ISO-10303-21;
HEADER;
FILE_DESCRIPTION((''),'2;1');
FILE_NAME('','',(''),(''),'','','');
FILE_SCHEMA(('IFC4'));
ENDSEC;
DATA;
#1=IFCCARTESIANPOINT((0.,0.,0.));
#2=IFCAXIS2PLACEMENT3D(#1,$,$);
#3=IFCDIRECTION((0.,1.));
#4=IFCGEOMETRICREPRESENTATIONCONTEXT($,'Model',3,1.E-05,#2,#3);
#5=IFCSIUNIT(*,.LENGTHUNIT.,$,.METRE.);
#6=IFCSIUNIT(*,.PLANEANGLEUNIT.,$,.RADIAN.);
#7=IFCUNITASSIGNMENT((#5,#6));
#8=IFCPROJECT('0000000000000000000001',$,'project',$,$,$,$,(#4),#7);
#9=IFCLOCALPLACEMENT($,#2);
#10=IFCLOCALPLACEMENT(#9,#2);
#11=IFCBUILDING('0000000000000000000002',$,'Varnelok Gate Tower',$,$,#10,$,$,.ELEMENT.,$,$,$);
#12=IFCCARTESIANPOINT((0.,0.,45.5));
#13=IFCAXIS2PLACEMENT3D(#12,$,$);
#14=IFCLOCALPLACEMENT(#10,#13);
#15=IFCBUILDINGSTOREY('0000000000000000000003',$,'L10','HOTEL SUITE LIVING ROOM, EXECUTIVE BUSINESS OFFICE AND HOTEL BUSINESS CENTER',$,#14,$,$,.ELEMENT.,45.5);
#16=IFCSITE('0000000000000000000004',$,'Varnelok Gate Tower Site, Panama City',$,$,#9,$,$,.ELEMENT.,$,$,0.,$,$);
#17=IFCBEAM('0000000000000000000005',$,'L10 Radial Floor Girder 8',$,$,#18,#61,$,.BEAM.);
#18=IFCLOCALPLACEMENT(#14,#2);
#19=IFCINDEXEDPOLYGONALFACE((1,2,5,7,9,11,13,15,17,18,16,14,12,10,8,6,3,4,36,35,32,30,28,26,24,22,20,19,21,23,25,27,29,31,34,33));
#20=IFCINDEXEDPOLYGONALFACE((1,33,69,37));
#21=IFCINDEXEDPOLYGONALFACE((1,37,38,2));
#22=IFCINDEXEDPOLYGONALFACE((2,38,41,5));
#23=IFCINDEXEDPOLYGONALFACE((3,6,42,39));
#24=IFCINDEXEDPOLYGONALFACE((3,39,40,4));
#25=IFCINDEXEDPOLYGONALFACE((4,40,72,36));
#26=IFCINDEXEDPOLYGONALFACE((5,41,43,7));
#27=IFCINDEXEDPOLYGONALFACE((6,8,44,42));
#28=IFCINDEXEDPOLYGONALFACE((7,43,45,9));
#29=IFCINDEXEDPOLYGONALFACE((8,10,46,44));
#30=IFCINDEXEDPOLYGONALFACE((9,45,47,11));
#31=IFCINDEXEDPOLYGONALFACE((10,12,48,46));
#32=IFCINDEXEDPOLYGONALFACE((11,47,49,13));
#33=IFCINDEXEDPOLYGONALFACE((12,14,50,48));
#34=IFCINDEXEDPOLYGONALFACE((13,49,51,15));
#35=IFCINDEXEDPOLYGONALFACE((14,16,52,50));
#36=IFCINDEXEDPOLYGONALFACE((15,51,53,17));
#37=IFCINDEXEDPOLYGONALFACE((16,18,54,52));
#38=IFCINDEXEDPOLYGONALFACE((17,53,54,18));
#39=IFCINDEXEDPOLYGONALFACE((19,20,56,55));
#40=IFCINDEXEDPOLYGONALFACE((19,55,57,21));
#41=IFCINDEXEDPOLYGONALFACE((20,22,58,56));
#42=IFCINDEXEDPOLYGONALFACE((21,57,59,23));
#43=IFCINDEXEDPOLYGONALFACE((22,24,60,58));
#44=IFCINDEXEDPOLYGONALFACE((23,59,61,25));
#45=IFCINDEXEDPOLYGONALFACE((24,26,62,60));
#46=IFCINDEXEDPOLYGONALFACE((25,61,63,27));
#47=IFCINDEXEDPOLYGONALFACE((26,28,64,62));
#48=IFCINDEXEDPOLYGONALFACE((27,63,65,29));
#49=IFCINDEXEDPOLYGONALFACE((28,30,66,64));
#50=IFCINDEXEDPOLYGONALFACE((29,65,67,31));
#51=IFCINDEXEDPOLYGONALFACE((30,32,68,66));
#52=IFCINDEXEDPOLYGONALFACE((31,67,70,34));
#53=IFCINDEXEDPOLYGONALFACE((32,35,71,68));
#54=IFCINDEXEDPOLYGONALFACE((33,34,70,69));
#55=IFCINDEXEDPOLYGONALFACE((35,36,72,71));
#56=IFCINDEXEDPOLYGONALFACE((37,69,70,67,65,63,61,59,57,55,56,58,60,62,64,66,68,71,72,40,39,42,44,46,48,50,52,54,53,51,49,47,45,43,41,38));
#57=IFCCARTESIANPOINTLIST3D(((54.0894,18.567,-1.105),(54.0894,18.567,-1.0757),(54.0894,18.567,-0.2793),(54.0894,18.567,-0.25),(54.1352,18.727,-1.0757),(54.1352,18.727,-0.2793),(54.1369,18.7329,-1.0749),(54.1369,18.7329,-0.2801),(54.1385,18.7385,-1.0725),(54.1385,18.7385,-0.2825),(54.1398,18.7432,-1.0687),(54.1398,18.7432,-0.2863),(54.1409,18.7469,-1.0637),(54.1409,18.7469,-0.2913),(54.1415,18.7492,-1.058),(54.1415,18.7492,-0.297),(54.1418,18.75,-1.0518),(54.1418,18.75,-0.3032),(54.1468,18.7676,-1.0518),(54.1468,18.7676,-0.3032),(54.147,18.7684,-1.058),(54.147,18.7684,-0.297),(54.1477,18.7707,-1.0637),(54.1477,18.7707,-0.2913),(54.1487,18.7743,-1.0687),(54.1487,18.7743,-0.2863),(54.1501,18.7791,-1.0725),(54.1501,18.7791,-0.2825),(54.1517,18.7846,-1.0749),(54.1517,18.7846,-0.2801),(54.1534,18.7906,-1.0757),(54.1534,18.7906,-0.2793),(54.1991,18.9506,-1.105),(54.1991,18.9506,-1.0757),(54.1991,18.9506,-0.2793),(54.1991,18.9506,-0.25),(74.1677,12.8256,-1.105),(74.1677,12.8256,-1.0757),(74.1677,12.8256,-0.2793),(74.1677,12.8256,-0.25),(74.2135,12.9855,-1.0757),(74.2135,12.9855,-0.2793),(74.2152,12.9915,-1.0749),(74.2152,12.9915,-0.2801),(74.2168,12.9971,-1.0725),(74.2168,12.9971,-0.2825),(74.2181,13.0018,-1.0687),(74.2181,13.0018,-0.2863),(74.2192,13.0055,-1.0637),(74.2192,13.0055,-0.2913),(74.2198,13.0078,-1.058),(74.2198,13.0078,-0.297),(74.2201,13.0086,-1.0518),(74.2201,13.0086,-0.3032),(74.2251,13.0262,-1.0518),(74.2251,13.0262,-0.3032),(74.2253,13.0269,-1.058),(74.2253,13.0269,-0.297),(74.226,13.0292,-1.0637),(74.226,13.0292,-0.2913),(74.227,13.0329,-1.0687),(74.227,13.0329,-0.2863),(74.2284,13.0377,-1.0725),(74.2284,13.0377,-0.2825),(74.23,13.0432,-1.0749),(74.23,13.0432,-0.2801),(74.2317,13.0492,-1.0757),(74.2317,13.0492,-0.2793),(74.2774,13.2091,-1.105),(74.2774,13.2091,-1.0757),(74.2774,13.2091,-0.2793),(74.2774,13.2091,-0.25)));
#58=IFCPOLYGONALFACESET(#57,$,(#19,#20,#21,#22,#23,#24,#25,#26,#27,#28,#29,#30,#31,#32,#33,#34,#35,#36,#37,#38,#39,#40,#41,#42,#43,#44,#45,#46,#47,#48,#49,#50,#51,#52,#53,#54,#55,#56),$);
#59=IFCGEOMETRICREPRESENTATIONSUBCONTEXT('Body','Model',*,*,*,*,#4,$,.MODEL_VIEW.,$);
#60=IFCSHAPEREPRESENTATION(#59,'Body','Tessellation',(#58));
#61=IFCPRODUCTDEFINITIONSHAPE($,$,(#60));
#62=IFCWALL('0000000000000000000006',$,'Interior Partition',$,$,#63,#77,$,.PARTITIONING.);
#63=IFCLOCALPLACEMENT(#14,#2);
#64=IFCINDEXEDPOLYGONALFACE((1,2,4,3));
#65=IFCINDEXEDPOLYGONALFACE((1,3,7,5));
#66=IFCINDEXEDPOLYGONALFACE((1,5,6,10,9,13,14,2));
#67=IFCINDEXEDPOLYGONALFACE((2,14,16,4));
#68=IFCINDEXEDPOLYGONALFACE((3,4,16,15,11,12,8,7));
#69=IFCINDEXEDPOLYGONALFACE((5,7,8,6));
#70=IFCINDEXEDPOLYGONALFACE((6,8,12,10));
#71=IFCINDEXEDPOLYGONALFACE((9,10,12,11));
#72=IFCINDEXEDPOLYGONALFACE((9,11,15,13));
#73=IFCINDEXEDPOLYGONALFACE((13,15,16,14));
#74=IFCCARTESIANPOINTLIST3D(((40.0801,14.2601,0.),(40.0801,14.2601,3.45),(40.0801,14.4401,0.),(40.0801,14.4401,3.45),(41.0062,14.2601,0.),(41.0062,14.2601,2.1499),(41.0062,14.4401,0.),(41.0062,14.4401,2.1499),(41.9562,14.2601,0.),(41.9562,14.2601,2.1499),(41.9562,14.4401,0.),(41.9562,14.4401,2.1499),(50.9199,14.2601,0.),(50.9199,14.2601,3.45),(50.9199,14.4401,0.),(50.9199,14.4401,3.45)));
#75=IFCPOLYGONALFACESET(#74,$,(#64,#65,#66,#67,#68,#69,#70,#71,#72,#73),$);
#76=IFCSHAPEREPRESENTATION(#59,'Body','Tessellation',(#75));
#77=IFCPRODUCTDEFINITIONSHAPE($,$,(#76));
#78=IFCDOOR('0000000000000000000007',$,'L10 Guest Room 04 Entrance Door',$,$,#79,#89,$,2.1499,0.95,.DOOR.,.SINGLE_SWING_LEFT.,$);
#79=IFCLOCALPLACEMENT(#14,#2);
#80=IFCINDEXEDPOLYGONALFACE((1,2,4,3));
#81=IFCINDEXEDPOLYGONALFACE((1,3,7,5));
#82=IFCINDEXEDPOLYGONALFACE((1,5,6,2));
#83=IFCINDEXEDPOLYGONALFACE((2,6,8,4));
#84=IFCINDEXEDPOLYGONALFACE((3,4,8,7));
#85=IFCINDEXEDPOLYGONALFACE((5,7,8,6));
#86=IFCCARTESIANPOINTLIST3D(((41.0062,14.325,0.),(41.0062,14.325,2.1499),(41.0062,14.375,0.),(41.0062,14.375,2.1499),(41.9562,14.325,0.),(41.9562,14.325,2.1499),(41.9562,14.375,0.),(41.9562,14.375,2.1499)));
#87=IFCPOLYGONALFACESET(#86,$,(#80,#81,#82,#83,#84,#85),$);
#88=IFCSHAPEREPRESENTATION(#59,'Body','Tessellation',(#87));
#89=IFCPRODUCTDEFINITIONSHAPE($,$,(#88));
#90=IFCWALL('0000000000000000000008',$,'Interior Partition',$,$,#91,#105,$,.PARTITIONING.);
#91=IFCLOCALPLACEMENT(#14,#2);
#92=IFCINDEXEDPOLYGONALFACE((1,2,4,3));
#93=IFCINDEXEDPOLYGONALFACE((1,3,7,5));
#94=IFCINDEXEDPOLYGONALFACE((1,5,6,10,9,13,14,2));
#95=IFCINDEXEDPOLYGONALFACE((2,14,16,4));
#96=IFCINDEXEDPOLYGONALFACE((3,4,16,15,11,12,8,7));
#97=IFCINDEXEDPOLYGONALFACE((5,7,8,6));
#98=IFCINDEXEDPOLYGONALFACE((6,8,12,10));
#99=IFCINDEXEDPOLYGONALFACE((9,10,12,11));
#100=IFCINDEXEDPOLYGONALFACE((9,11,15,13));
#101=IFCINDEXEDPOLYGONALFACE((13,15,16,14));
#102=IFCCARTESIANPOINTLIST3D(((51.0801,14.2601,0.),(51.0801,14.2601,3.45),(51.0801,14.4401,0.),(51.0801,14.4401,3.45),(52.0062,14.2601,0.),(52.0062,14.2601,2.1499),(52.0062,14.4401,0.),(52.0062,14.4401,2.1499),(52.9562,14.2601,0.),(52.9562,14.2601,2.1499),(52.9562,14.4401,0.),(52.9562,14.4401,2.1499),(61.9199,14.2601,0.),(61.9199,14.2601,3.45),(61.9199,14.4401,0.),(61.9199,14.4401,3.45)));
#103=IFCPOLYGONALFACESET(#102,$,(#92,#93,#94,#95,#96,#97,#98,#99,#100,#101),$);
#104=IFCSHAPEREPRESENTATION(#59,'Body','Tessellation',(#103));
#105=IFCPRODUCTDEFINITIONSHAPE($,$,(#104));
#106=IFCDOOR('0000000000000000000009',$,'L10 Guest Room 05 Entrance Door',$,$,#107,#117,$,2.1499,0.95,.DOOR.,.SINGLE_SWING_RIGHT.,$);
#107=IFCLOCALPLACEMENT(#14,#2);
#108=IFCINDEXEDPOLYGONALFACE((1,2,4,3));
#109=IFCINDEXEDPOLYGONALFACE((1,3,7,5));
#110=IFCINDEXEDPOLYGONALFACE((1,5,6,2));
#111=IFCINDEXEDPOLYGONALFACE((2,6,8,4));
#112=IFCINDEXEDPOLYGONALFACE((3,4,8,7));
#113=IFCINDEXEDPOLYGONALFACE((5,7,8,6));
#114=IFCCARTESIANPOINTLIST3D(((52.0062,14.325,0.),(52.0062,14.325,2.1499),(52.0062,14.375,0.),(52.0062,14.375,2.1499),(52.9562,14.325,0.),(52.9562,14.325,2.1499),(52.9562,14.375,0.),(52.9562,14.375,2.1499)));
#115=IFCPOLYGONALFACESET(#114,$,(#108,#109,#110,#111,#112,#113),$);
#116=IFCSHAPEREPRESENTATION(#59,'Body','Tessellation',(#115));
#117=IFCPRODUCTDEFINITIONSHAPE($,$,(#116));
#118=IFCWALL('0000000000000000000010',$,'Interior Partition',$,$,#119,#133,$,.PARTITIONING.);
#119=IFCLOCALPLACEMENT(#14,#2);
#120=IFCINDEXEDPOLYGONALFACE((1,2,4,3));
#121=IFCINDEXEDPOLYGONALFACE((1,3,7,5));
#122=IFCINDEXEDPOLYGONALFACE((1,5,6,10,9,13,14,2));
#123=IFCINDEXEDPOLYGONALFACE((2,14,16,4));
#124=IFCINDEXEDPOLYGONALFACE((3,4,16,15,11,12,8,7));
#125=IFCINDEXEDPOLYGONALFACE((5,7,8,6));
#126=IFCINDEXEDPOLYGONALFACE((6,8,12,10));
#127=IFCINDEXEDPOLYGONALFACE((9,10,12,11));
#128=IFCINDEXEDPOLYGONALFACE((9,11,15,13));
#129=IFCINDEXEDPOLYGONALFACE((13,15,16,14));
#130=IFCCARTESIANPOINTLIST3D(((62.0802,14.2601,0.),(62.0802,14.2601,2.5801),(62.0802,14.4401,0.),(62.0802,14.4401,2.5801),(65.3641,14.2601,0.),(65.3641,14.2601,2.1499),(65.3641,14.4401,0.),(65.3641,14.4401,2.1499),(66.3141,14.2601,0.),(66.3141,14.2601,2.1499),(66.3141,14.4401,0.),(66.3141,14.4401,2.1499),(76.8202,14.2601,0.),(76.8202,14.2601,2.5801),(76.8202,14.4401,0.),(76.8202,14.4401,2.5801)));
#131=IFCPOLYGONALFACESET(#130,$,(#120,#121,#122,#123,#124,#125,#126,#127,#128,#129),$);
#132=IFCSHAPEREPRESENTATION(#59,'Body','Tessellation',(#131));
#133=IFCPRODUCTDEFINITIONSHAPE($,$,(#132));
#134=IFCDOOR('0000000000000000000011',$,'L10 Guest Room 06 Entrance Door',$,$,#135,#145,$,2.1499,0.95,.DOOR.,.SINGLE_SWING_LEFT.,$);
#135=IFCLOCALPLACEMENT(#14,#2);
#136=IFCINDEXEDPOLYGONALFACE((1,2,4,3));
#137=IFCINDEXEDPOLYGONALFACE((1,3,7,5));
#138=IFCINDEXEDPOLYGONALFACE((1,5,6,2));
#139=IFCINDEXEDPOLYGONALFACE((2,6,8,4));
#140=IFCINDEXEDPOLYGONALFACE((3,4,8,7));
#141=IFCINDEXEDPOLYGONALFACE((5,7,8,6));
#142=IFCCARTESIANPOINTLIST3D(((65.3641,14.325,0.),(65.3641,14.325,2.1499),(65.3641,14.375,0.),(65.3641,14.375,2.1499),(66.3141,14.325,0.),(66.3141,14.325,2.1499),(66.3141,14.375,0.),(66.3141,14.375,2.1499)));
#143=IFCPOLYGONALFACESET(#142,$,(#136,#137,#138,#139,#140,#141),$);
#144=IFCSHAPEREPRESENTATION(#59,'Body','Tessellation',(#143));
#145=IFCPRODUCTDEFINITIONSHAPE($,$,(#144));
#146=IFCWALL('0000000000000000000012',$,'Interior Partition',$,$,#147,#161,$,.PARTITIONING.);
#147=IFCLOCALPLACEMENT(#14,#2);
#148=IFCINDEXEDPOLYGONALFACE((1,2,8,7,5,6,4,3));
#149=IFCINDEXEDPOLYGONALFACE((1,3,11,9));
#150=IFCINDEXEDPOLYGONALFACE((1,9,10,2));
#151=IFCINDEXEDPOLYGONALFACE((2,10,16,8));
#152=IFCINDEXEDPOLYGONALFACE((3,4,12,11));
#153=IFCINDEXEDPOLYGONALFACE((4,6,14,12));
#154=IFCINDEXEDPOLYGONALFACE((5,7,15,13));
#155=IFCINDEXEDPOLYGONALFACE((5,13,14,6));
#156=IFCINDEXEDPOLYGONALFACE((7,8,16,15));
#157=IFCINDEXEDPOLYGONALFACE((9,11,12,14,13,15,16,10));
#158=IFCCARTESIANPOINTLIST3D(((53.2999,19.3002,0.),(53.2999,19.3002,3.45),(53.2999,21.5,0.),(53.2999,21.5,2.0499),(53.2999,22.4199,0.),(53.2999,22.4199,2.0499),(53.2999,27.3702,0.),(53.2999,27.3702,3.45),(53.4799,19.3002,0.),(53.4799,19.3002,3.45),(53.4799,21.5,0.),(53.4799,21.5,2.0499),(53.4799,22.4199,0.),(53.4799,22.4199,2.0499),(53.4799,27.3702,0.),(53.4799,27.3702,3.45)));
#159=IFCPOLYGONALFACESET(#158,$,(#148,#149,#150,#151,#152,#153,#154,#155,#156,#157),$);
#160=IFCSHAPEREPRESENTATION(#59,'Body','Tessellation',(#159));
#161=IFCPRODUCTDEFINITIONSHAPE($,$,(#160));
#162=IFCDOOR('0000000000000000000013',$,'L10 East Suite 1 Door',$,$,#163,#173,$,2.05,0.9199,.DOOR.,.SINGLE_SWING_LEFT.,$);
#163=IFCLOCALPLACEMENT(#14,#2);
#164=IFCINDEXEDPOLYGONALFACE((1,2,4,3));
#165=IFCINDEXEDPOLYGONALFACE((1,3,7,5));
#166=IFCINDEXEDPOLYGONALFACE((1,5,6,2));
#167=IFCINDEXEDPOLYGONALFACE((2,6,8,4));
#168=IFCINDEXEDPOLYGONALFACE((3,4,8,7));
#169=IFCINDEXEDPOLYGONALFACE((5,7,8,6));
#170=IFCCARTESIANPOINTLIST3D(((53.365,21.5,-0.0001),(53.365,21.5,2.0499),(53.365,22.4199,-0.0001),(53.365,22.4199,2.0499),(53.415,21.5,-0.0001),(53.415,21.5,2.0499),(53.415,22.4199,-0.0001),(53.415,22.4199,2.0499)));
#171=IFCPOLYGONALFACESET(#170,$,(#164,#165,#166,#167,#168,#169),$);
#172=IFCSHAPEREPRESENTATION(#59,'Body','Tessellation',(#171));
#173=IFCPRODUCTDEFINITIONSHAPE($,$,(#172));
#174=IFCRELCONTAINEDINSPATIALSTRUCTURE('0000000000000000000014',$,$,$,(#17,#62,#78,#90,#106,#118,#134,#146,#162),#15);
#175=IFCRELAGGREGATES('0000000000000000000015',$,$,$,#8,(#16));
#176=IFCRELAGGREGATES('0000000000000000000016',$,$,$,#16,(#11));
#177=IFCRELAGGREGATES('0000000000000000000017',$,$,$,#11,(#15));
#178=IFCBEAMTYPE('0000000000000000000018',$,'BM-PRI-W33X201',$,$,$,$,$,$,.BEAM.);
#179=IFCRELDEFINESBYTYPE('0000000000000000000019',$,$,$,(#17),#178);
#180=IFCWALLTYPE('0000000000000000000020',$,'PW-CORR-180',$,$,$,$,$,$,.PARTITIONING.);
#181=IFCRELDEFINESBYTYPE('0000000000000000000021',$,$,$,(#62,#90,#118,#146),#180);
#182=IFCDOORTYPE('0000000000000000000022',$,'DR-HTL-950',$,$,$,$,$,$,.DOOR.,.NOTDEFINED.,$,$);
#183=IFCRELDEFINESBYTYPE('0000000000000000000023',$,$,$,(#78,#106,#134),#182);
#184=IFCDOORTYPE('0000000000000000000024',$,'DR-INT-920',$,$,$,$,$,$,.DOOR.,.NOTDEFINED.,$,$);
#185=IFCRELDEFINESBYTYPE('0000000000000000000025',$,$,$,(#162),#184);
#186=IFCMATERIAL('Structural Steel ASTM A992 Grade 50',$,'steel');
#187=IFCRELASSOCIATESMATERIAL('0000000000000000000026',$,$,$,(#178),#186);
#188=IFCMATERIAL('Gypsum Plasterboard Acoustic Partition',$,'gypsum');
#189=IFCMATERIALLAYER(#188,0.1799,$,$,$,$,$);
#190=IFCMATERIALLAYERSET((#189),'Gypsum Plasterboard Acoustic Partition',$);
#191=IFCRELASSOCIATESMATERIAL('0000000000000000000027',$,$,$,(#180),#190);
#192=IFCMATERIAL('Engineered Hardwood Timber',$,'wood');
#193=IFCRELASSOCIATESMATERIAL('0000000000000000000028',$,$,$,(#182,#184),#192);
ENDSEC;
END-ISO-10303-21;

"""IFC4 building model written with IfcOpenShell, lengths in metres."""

from ifc_helpers import new_model, si_unit, direction, frame, frame_2d, origin, origin_2d, place, context, subcontext, project, spatial, rectangle, i_section, extrude, material, layer, layer_set, material_profile, profile_set, type_object, element, fill, save


model = new_model("IFC4")

# Units and contexts
model_context = context("Model", 3, precision=1e-05, world=origin(), true_north=direction((0.0, 1.0)))
body_context = subcontext(model_context, "Body", "Model", "MODEL_VIEW")
ifc_project = project(units=[si_unit("LENGTHUNIT", "METRE"), si_unit("PLANEANGLEUNIT", "RADIAN")], contexts=[model_context])

# Site, building, storey
site_placement = place(None, origin())
site = spatial("IfcSite", under=ifc_project, at=site_placement, Name="Varnelok Gate Tower Site, Panama City", CompositionType="ELEMENT", RefElevation=0.0)
building_placement = place(site_placement, origin())
building = spatial("IfcBuilding", under=site, at=building_placement, Name="Varnelok Gate Tower", CompositionType="ELEMENT")
storey_placement = place(building_placement, frame((0.0, 0.0, 45.5)))
storey = spatial("IfcBuildingStorey", under=building, at=storey_placement, Name="L10", Description="HOTEL SUITE LIVING ROOM, EXECUTIVE BUSINESS OFFICE AND HOTEL BUSINESS CENTER", CompositionType="ELEMENT", Elevation=45.5)

# Shared definitions
ifc_material_1 = material(Name="Structural Steel ASTM A992 Grade 50", Category="steel")

# Beam
ifc_material_profile_1 = material_profile(ifc_material_1, i_section(OverallWidth=0.3989, OverallDepth=0.855, WebThickness=0.0183, FlangeThickness=0.0293, FilletRadius=0.0239, at=origin_2d()), Name="W33X201")
ifc_profile_set_1 = profile_set([ifc_material_profile_1], Name="Structural Steel ASTM A992 Grade 50")
beam_type_1 = type_object("IfcBeamType", Name="BM-PRI-W33X201", PredefinedType="BEAM", material=ifc_profile_set_1)
beam_1_placement = place(storey_placement, frame((54.1443, 18.7588, -0.6775), z_axis=(0.961463, -0.274933, 0.0), x_axis=(0.274933, 0.961463, 0.0)))
element("IfcBeam", 1, at=beam_1_placement, inside=storey, type_object=beam_type_1, Name="L10 Radial Floor Girder 8", PredefinedType="BEAM", context=body_context, shape_type="SweptSolid", body=[
    extrude(i_section(OverallWidth=0.3989, OverallDepth=0.855, WebThickness=0.0183, FlangeThickness=0.0293, FilletRadius=0.0239, at=origin_2d()), origin(), (0.0, 0.0, 1.0), 20.8831),
])

# Walls, openings, doors
ifc_material_2 = material(Name="Gypsum Plasterboard Acoustic Partition", Category="gypsum")
ifc_layer_1 = layer(ifc_material_2, 0.1799)
ifc_layer_set_1 = layer_set([ifc_layer_1], Name="Gypsum Plasterboard Acoustic Partition")
wall_type_1 = type_object("IfcWallType", Name="PW-CORR-180", PredefinedType="PARTITIONING", material=ifc_layer_set_1)
wall_1_placement = place(storey_placement, frame((40.0801, 14.3501, 0.0), z_axis=(0.0, 0.0, 1.0), x_axis=(1.0, 0.0, 0.0)))
wall_1 = element("IfcWall", 2, at=wall_1_placement, inside=storey, type_object=wall_type_1, Name="Interior Partition", PredefinedType="PARTITIONING", context=body_context, shape_type="SweptSolid", body=[
    extrude(rectangle(XDim=10.8398, YDim=0.1799, at=frame_2d((5.4199, 0.0))), origin(), (0.0, 0.0, 1.0), 3.45),
])
opening_1_placement = place(wall_1_placement, frame((0.926, 0.0, 0.0)))
opening_1 = element("IfcOpeningElement", 3, at=opening_1_placement, cuts=wall_1, PredefinedType="OPENING", context=body_context, shape_type="SweptSolid", body=[
    extrude(rectangle(XDim=0.95, YDim=2.1499, at=frame_2d((0.4751, 1.075))), frame((0.0, 0.0999, 0.0), z_axis=(0.0, -1.0, 0.0), x_axis=(1.0, 0.0, 0.0)), (0.0, 0.0, 1.0), 0.2),
])
ifc_material_3 = material(Name="Engineered Hardwood Timber", Category="wood")
door_type_1 = type_object("IfcDoorType", Name="DR-HTL-950", OperationType="NOTDEFINED", PredefinedType="DOOR", material=ifc_material_3)
door_1_placement = place(opening_1_placement, origin())
door_1 = element("IfcDoor", 4, at=door_1_placement, inside=storey, type_object=door_type_1, Name="L10 Guest Room 04 Entrance Door", OperationType="SINGLE_SWING_LEFT", OverallHeight=2.1499, OverallWidth=0.95, PredefinedType="DOOR", context=body_context, shape_type="SweptSolid", body=[
    extrude(rectangle(XDim=0.95, YDim=2.1499, at=frame_2d((0.4751, 1.075))), frame((0.0, 0.0249, 0.0), z_axis=(0.0, -1.0, 0.0), x_axis=(1.0, 0.0, 0.0)), (0.0, 0.0, 1.0), 0.05),
])
fill(opening_1, door_1)
wall_2_placement = place(storey_placement, frame((51.0801, 14.3501, 0.0), z_axis=(0.0, 0.0, 1.0), x_axis=(1.0, 0.0, 0.0)))
wall_2 = element("IfcWall", 5, at=wall_2_placement, inside=storey, type_object=wall_type_1, Name="Interior Partition", PredefinedType="PARTITIONING", context=body_context, shape_type="SweptSolid", body=[
    extrude(rectangle(XDim=10.8398, YDim=0.1799, at=frame_2d((5.4199, 0.0))), origin(), (0.0, 0.0, 1.0), 3.45),
])
opening_2_placement = place(wall_2_placement, frame((0.926, 0.0, 0.0)))
opening_2 = element("IfcOpeningElement", 6, at=opening_2_placement, cuts=wall_2, PredefinedType="OPENING", context=body_context, shape_type="SweptSolid", body=[
    extrude(rectangle(XDim=0.95, YDim=2.1499, at=frame_2d((0.4751, 1.075))), frame((0.0, 0.0999, 0.0), z_axis=(0.0, -1.0, 0.0), x_axis=(1.0, 0.0, 0.0)), (0.0, 0.0, 1.0), 0.2),
])
door_2_placement = place(opening_2_placement, origin())
door_2 = element("IfcDoor", 7, at=door_2_placement, inside=storey, type_object=door_type_1, Name="L10 Guest Room 05 Entrance Door", OperationType="SINGLE_SWING_RIGHT", OverallHeight=2.1499, OverallWidth=0.95, PredefinedType="DOOR", context=body_context, shape_type="SweptSolid", body=[
    extrude(rectangle(XDim=0.95, YDim=2.1499, at=frame_2d((0.4751, 1.075))), frame((0.0, 0.0249, 0.0), z_axis=(0.0, -1.0, 0.0), x_axis=(1.0, 0.0, 0.0)), (0.0, 0.0, 1.0), 0.05),
])
fill(opening_2, door_2)
wall_3_placement = place(storey_placement, frame((62.0801, 14.3501, 0.0), z_axis=(0.0, 0.0, 1.0), x_axis=(1.0, 0.0, 0.0)))
wall_3 = element("IfcWall", 8, at=wall_3_placement, inside=storey, type_object=wall_type_1, Name="Interior Partition", PredefinedType="PARTITIONING", context=body_context, shape_type="SweptSolid", body=[
    extrude(rectangle(XDim=14.74, YDim=0.1799, at=frame_2d((7.3701, 0.0))), origin(), (0.0, 0.0, 1.0), 2.5801),
])
opening_3_placement = place(wall_3_placement, frame((3.2839, 0.0, 0.0)))
opening_3 = element("IfcOpeningElement", 9, at=opening_3_placement, cuts=wall_3, PredefinedType="OPENING", context=body_context, shape_type="SweptSolid", body=[
    extrude(rectangle(XDim=0.95, YDim=2.1499, at=frame_2d((0.4751, 1.075))), frame((0.0, 0.0999, 0.0), z_axis=(0.0, -1.0, 0.0), x_axis=(1.0, 0.0, 0.0)), (0.0, 0.0, 1.0), 0.2),
])
door_3_placement = place(opening_3_placement, origin())
door_3 = element("IfcDoor", 10, at=door_3_placement, inside=storey, type_object=door_type_1, Name="L10 Guest Room 06 Entrance Door", OperationType="SINGLE_SWING_LEFT", OverallHeight=2.1499, OverallWidth=0.95, PredefinedType="DOOR", context=body_context, shape_type="SweptSolid", body=[
    extrude(rectangle(XDim=0.95, YDim=2.1499, at=frame_2d((0.4751, 1.075))), frame((0.0, 0.0249, 0.0), z_axis=(0.0, -1.0, 0.0), x_axis=(1.0, 0.0, 0.0)), (0.0, 0.0, 1.0), 0.05),
])
fill(opening_3, door_3)
wall_4_placement = place(storey_placement, frame((53.3899, 19.3, 0.0), z_axis=(0.0, 0.0, 1.0), x_axis=(0.0, 1.0, 0.0)))
wall_4 = element("IfcWall", 11, at=wall_4_placement, inside=storey, type_object=wall_type_1, Name="Interior Partition", PredefinedType="PARTITIONING", context=body_context, shape_type="SweptSolid", body=[
    extrude(rectangle(XDim=8.0701, YDim=0.1799, at=frame_2d((4.0352, 0.0))), origin(), (0.0, 0.0, 1.0), 3.45),
])
opening_4_placement = place(wall_4_placement, frame((2.2, 0.0, 0.0)))
opening_4 = element("IfcOpeningElement", 12, at=opening_4_placement, cuts=wall_4, PredefinedType="OPENING", context=body_context, shape_type="SweptSolid", body=[
    extrude(rectangle(XDim=0.9199, YDim=2.05, at=frame_2d((0.46, 1.0249))), frame((0.0, 0.0999, 0.0), z_axis=(0.0, -1.0, 0.0), x_axis=(1.0, 0.0, 0.0)), (0.0, 0.0, 1.0), 0.2),
])
door_type_2 = type_object("IfcDoorType", Name="DR-INT-920", OperationType="NOTDEFINED", PredefinedType="DOOR", material=ifc_material_3)
door_4_placement = place(opening_4_placement, origin())
door_4 = element("IfcDoor", 13, at=door_4_placement, inside=storey, type_object=door_type_2, Name="L10 East Suite 1 Door", OperationType="SINGLE_SWING_LEFT", OverallHeight=2.05, OverallWidth=0.9199, PredefinedType="DOOR", context=body_context, shape_type="SweptSolid", body=[
    extrude(rectangle(XDim=0.9199, YDim=2.05, at=frame_2d((0.46, 1.0249))), frame((0.0, 0.0249, 0.0), z_axis=(0.0, -1.0, 0.0), x_axis=(1.0, 0.0, 0.0)), (0.0, 0.0, 1.0), 0.05),
])
fill(opening_4, door_4)

save(model, "model.ifc")
